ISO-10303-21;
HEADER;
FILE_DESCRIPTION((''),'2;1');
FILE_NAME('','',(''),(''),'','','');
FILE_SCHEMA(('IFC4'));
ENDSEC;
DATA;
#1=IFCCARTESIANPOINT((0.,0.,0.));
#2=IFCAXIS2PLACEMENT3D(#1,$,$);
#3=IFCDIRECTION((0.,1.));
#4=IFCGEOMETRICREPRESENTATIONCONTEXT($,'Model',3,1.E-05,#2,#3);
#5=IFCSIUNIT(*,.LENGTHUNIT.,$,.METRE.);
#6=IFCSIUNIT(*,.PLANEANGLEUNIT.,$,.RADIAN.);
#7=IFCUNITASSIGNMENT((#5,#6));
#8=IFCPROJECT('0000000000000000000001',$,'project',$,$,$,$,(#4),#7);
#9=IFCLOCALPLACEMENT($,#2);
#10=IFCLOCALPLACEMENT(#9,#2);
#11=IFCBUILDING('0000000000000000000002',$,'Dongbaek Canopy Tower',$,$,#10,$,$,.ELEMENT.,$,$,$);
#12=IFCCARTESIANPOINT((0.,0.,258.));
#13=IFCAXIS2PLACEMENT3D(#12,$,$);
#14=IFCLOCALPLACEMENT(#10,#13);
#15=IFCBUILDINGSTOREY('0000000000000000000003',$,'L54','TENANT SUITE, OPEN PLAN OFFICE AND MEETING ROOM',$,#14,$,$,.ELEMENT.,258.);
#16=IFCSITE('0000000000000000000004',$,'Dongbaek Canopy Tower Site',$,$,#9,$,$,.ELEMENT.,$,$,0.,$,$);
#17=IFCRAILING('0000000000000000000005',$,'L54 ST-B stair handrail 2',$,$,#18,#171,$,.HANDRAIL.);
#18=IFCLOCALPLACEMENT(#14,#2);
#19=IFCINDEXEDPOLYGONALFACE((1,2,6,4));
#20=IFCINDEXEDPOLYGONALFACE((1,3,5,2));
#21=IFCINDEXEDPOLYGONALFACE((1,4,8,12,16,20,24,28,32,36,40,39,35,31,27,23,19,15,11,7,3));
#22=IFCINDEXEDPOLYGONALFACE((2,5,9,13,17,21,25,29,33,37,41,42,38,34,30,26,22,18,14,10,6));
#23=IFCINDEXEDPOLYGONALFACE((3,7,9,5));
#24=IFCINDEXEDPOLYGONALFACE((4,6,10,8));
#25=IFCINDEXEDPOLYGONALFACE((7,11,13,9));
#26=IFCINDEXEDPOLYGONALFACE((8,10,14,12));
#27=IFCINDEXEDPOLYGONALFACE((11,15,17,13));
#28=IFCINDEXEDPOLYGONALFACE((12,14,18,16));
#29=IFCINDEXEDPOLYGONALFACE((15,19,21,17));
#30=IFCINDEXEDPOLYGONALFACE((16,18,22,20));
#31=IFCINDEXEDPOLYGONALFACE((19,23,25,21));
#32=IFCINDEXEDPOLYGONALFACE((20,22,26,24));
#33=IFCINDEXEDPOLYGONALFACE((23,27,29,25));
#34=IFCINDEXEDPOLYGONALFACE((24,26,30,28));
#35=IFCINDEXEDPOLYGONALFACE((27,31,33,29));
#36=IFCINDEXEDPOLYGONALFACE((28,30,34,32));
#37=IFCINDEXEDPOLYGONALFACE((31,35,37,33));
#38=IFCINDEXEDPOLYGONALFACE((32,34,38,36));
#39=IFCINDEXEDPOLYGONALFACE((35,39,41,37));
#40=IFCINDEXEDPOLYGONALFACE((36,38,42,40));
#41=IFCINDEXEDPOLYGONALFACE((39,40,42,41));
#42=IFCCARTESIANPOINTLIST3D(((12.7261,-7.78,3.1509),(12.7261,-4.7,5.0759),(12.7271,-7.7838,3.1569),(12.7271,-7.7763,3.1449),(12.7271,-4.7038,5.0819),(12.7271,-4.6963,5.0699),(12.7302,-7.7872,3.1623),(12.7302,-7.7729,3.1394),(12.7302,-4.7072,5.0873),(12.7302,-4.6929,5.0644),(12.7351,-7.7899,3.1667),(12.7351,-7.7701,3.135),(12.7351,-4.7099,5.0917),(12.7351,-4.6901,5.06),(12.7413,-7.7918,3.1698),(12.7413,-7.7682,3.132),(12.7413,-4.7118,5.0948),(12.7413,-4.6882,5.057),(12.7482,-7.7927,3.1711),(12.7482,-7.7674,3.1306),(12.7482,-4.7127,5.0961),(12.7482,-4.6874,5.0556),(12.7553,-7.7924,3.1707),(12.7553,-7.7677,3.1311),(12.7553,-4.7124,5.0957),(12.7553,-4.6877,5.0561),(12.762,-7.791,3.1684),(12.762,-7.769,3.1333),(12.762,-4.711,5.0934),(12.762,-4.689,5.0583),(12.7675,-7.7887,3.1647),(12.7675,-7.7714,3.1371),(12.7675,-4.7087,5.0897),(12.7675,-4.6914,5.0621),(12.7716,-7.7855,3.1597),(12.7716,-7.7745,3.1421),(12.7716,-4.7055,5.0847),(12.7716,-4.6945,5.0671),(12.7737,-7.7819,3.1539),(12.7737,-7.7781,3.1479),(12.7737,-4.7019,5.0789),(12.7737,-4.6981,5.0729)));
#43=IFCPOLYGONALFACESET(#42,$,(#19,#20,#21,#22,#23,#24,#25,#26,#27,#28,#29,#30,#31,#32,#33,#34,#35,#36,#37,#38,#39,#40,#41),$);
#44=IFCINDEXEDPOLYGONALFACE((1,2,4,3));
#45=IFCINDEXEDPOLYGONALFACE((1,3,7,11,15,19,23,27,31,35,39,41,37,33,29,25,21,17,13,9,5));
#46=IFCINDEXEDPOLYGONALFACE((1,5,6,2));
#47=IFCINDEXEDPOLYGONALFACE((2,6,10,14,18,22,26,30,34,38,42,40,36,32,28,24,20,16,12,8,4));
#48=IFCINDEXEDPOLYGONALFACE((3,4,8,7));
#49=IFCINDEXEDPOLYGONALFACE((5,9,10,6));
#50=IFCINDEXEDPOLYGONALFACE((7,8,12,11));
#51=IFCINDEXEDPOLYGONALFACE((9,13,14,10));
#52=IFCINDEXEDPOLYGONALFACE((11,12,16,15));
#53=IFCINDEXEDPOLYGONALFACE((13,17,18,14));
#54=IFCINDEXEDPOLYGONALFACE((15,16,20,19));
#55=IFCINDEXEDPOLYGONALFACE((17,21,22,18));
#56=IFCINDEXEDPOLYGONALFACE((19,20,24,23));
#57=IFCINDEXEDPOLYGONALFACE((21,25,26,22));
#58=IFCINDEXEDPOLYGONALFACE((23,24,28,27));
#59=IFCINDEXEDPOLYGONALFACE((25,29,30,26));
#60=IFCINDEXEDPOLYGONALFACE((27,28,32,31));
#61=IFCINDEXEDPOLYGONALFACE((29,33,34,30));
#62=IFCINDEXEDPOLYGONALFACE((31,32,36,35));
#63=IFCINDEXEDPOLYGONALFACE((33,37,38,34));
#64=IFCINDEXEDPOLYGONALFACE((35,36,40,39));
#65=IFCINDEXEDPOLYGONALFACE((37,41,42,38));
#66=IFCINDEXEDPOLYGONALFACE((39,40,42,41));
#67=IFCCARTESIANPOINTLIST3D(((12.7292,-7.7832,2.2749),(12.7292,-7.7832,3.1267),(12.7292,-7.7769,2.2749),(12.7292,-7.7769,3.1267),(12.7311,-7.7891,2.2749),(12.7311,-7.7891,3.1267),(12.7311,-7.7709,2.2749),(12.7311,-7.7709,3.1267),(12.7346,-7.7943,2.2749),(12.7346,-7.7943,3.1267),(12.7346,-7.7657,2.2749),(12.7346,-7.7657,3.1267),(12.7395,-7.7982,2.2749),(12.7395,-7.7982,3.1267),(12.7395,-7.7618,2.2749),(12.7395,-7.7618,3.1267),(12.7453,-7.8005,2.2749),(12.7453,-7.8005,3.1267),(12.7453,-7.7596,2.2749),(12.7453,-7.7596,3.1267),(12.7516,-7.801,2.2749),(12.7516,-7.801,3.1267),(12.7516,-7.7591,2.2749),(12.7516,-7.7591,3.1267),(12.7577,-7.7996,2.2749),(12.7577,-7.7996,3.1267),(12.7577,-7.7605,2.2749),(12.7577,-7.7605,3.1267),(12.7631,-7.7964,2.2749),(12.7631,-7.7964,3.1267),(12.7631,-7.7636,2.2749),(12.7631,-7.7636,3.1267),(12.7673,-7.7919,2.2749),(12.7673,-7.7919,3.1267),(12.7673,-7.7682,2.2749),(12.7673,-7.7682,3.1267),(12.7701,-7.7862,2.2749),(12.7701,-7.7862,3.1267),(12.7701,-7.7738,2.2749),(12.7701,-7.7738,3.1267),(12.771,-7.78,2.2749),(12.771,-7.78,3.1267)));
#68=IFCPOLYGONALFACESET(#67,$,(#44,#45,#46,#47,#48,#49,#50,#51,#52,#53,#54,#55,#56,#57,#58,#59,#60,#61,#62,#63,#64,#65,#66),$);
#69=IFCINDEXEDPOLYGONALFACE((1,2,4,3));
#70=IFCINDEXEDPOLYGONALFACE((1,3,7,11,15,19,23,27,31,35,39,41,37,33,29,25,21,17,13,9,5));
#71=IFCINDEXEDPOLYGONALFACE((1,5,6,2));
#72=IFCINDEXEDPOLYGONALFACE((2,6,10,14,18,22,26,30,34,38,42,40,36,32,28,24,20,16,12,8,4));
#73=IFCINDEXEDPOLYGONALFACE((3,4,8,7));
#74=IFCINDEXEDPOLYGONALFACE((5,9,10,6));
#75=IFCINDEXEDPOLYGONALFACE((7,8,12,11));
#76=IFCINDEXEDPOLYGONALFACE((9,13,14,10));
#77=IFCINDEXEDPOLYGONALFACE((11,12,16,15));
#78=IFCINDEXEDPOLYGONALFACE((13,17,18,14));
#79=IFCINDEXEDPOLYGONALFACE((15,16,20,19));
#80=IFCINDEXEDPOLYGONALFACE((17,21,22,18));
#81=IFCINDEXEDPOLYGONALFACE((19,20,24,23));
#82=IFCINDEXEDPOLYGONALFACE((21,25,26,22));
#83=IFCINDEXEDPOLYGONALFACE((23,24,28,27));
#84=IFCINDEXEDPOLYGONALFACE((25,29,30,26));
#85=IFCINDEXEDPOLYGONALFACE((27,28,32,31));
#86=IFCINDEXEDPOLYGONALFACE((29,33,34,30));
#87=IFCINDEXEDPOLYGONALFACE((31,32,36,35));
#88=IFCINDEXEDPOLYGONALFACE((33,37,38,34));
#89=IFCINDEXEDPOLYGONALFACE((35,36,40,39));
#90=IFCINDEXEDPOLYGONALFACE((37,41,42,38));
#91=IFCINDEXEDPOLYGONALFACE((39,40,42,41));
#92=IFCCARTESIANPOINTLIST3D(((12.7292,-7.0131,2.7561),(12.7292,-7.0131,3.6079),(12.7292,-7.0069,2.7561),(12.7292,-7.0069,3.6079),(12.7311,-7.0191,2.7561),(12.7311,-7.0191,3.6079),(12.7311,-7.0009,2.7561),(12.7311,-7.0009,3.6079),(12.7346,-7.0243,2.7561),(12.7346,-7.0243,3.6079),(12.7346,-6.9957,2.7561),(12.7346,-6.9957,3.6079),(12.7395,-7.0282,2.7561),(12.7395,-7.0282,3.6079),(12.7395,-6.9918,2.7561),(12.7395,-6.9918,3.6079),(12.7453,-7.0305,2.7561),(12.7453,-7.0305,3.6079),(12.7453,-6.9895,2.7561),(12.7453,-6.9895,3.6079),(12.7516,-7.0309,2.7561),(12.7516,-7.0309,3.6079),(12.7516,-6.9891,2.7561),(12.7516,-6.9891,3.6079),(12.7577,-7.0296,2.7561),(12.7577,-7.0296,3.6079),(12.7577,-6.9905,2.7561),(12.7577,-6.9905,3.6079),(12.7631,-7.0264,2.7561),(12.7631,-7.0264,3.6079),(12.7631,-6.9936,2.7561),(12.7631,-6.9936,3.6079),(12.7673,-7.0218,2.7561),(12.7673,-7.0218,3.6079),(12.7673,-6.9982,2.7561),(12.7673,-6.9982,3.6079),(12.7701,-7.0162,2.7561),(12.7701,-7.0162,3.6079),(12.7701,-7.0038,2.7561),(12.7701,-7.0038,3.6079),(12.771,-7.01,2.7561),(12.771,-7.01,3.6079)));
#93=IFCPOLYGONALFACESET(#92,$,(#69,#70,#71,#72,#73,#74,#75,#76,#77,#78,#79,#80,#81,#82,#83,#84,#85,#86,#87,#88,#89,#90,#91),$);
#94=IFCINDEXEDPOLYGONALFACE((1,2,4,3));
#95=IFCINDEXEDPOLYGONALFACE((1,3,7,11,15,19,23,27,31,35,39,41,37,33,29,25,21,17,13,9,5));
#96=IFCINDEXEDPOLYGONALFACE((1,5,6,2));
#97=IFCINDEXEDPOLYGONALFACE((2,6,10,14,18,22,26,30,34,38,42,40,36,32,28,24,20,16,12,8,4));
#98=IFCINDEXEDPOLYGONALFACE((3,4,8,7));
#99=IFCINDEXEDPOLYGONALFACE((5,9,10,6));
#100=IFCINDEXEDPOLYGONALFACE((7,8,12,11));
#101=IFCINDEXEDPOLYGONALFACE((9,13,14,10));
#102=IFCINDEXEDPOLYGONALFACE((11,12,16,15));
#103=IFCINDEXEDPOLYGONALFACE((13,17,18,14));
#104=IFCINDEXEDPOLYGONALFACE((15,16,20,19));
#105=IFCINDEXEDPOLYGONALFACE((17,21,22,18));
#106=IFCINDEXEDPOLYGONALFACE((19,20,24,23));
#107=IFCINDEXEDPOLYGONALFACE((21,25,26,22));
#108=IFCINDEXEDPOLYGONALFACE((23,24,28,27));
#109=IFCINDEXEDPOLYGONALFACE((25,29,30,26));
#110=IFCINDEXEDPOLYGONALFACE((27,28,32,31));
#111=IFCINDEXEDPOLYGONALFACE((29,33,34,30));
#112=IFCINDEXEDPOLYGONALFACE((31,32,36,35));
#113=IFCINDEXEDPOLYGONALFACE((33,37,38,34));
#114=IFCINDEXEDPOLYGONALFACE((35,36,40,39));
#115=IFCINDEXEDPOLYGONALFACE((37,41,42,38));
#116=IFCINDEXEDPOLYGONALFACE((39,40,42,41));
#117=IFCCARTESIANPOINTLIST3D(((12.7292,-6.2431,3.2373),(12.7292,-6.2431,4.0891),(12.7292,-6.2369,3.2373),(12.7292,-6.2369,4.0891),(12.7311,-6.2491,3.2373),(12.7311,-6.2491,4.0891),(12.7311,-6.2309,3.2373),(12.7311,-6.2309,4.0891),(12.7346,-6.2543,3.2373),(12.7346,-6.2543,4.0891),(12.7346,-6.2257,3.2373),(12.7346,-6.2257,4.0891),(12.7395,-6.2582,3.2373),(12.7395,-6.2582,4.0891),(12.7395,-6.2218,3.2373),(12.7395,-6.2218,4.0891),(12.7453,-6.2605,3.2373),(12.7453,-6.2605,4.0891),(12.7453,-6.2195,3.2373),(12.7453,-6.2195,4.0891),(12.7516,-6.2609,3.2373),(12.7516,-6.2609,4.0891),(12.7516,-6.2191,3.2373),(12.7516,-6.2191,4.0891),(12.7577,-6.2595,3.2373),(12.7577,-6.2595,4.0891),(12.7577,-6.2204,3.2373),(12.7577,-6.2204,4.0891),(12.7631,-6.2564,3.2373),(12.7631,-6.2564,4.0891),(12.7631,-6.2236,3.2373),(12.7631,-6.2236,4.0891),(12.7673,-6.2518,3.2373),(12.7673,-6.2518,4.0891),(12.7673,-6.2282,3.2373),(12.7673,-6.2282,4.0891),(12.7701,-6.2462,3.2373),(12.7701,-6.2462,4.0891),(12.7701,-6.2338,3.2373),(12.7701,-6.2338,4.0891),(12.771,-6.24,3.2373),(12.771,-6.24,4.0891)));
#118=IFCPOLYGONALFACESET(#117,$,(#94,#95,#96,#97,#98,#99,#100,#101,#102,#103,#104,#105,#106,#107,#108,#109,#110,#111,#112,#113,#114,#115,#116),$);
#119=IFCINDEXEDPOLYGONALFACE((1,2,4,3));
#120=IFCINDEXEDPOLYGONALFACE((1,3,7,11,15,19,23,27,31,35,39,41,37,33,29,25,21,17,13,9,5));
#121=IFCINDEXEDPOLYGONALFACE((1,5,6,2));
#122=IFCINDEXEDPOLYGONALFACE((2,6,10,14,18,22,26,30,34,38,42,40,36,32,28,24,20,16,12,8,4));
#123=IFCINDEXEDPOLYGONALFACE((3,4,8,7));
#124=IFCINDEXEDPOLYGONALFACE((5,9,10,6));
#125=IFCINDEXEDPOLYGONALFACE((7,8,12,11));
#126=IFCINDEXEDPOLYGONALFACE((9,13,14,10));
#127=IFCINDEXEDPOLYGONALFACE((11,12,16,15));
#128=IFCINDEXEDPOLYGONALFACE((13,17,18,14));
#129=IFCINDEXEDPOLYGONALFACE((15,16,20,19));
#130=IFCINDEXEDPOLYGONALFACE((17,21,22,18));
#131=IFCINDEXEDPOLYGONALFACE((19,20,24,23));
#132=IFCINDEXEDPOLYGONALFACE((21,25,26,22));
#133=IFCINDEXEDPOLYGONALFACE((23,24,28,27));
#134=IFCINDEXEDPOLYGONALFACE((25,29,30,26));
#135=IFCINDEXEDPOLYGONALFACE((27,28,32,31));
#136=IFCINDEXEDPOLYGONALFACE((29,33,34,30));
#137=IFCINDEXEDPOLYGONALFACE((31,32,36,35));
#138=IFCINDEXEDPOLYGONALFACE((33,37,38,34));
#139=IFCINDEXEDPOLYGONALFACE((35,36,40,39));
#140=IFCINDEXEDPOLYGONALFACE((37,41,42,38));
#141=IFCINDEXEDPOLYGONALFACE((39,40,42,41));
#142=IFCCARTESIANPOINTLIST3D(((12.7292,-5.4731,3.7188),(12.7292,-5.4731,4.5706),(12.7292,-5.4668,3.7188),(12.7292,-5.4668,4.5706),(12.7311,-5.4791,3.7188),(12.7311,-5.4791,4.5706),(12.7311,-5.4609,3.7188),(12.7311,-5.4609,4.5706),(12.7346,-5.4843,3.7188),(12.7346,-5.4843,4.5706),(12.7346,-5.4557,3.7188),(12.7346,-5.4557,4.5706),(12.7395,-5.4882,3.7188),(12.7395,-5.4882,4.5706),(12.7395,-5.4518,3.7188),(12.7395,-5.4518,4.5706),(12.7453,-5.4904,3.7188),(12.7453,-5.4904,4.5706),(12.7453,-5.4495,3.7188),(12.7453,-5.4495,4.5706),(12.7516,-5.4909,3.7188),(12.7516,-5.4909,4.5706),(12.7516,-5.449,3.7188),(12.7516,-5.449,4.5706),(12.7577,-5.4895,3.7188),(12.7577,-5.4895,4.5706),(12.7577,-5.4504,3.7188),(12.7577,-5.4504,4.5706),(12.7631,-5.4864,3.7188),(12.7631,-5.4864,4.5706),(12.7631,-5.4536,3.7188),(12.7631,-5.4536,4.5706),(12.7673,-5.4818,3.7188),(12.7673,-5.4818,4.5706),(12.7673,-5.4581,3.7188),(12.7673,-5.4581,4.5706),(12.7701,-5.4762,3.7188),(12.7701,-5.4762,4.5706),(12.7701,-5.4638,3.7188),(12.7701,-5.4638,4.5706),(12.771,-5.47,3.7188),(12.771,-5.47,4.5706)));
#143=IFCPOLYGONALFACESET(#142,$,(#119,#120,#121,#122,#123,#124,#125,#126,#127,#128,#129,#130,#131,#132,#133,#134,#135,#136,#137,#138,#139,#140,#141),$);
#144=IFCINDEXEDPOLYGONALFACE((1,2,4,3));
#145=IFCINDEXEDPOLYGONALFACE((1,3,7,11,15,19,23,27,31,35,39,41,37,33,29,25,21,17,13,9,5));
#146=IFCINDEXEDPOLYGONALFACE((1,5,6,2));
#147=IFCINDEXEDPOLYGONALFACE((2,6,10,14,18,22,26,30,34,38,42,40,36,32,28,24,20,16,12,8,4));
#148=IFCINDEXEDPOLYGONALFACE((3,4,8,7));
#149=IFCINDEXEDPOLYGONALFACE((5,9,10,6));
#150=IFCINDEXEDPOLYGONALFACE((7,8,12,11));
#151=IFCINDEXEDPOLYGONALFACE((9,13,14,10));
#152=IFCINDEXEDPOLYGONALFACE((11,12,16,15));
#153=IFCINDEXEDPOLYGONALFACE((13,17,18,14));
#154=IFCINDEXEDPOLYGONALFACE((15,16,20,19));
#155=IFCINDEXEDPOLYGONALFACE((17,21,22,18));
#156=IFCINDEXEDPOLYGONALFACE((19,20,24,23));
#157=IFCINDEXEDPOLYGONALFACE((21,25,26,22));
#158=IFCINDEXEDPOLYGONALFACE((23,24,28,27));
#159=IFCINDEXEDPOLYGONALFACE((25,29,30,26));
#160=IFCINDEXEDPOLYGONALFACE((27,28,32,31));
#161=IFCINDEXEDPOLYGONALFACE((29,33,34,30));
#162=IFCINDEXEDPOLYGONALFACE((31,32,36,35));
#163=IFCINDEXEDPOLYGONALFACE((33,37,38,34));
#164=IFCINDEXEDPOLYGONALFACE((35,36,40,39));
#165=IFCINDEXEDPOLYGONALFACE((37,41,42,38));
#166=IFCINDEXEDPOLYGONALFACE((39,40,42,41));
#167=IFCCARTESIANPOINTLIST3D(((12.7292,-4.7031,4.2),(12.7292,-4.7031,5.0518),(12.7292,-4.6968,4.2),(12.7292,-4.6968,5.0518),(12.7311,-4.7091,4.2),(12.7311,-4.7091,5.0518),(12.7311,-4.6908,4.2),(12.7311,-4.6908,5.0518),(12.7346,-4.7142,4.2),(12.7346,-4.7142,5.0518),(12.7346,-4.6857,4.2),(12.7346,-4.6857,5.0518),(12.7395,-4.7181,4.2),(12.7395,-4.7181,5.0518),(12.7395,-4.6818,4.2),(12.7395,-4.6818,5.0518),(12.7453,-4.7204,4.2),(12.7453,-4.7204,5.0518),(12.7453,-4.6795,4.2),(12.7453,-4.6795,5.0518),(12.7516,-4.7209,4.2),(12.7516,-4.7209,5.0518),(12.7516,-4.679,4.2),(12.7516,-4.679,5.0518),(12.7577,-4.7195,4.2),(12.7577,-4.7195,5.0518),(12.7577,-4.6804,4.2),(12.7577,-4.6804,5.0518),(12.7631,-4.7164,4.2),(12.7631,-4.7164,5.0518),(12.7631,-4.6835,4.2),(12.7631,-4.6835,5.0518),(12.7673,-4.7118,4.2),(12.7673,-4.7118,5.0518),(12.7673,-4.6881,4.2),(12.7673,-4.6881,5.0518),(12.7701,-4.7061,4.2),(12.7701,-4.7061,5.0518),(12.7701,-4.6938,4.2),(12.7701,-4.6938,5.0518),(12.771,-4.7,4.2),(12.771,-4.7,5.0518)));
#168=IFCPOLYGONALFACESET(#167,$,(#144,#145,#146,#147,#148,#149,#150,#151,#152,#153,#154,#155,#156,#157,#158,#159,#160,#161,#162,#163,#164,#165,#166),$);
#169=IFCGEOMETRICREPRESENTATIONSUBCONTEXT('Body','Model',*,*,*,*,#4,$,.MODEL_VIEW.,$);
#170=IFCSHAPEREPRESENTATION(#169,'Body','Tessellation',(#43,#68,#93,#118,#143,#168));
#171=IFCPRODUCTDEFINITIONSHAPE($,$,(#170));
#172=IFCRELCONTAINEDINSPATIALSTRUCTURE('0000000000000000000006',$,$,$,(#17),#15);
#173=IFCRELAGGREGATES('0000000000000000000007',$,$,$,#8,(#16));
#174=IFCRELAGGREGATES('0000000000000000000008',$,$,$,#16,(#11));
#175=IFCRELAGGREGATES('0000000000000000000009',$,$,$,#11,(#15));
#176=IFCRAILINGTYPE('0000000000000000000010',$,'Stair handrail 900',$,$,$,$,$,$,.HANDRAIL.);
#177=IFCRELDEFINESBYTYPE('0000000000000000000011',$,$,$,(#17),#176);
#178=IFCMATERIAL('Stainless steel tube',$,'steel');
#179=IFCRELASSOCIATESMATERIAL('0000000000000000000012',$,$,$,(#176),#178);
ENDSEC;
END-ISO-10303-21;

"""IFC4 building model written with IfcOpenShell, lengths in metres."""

from ifc_helpers import new_model, si_unit, direction, frame, origin, origin_2d, place, context, subcontext, project, spatial, circle, extrude, material, type_object, element, save


model = new_model("IFC4")

# Units and contexts
model_context = context("Model", 3, precision=1e-05, world=origin(), true_north=direction((0.0, 1.0)))
body_context = subcontext(model_context, "Body", "Model", "MODEL_VIEW")
ifc_project = project(units=[si_unit("LENGTHUNIT", "METRE"), si_unit("PLANEANGLEUNIT", "RADIAN")], contexts=[model_context])

# Site, building, storey
site_placement = place(None, origin())
site = spatial("IfcSite", under=ifc_project, at=site_placement, Name="Dongbaek Canopy Tower Site", CompositionType="ELEMENT", RefElevation=0.0)
building_placement = place(site_placement, origin())
building = spatial("IfcBuilding", under=site, at=building_placement, Name="Dongbaek Canopy Tower", CompositionType="ELEMENT")
storey_placement = place(building_placement, frame((0.0, 0.0, 258.0)))
storey = spatial("IfcBuildingStorey", under=building, at=storey_placement, Name="L54", Description="TENANT SUITE, OPEN PLAN OFFICE AND MEETING ROOM", CompositionType="ELEMENT", Elevation=258.0)

# Railing
ifc_material_1 = material(Name="Stainless steel tube", Category="steel")
railing_type_1 = type_object("IfcRailingType", Name="Stair handrail 900", PredefinedType="HANDRAIL", material=ifc_material_1)
railing_1_placement = place(storey_placement, frame((12.75, -7.78, 2.2749)))
element("IfcRailing", 1, at=railing_1_placement, inside=storey, type_object=railing_type_1, Name="L54 ST-B stair handrail 2", PredefinedType="HANDRAIL", context=body_context, shape_type="SweptSolid", body=[
    extrude(circle(Radius=0.0239, at=origin_2d()), frame((0.0, 0.0, 0.876), z_axis=(0.0, 0.847998, 0.529999), x_axis=(-1.0, 0.0, 0.0)), (0.0, 0.0, 1.0), 3.6321),
    extrude(circle(Radius=0.021, at=origin_2d()), origin(), (0.0, 0.0, 1.0), 0.8518),
    extrude(circle(Radius=0.021, at=origin_2d()), frame((0.0, 0.77, 0.4812)), (0.0, 0.0, 1.0), 0.8518),
    extrude(circle(Radius=0.021, at=origin_2d()), frame((0.0, 1.54, 0.9624)), (0.0, 0.0, 1.0), 0.8518),
    extrude(circle(Radius=0.021, at=origin_2d()), frame((0.0, 2.3101, 1.4438)), (0.0, 0.0, 1.0), 0.8518),
    extrude(circle(Radius=0.021, at=origin_2d()), frame((0.0, 3.0801, 1.925)), (0.0, 0.0, 1.0), 0.8518),
])

save(model, "model.ifc")
